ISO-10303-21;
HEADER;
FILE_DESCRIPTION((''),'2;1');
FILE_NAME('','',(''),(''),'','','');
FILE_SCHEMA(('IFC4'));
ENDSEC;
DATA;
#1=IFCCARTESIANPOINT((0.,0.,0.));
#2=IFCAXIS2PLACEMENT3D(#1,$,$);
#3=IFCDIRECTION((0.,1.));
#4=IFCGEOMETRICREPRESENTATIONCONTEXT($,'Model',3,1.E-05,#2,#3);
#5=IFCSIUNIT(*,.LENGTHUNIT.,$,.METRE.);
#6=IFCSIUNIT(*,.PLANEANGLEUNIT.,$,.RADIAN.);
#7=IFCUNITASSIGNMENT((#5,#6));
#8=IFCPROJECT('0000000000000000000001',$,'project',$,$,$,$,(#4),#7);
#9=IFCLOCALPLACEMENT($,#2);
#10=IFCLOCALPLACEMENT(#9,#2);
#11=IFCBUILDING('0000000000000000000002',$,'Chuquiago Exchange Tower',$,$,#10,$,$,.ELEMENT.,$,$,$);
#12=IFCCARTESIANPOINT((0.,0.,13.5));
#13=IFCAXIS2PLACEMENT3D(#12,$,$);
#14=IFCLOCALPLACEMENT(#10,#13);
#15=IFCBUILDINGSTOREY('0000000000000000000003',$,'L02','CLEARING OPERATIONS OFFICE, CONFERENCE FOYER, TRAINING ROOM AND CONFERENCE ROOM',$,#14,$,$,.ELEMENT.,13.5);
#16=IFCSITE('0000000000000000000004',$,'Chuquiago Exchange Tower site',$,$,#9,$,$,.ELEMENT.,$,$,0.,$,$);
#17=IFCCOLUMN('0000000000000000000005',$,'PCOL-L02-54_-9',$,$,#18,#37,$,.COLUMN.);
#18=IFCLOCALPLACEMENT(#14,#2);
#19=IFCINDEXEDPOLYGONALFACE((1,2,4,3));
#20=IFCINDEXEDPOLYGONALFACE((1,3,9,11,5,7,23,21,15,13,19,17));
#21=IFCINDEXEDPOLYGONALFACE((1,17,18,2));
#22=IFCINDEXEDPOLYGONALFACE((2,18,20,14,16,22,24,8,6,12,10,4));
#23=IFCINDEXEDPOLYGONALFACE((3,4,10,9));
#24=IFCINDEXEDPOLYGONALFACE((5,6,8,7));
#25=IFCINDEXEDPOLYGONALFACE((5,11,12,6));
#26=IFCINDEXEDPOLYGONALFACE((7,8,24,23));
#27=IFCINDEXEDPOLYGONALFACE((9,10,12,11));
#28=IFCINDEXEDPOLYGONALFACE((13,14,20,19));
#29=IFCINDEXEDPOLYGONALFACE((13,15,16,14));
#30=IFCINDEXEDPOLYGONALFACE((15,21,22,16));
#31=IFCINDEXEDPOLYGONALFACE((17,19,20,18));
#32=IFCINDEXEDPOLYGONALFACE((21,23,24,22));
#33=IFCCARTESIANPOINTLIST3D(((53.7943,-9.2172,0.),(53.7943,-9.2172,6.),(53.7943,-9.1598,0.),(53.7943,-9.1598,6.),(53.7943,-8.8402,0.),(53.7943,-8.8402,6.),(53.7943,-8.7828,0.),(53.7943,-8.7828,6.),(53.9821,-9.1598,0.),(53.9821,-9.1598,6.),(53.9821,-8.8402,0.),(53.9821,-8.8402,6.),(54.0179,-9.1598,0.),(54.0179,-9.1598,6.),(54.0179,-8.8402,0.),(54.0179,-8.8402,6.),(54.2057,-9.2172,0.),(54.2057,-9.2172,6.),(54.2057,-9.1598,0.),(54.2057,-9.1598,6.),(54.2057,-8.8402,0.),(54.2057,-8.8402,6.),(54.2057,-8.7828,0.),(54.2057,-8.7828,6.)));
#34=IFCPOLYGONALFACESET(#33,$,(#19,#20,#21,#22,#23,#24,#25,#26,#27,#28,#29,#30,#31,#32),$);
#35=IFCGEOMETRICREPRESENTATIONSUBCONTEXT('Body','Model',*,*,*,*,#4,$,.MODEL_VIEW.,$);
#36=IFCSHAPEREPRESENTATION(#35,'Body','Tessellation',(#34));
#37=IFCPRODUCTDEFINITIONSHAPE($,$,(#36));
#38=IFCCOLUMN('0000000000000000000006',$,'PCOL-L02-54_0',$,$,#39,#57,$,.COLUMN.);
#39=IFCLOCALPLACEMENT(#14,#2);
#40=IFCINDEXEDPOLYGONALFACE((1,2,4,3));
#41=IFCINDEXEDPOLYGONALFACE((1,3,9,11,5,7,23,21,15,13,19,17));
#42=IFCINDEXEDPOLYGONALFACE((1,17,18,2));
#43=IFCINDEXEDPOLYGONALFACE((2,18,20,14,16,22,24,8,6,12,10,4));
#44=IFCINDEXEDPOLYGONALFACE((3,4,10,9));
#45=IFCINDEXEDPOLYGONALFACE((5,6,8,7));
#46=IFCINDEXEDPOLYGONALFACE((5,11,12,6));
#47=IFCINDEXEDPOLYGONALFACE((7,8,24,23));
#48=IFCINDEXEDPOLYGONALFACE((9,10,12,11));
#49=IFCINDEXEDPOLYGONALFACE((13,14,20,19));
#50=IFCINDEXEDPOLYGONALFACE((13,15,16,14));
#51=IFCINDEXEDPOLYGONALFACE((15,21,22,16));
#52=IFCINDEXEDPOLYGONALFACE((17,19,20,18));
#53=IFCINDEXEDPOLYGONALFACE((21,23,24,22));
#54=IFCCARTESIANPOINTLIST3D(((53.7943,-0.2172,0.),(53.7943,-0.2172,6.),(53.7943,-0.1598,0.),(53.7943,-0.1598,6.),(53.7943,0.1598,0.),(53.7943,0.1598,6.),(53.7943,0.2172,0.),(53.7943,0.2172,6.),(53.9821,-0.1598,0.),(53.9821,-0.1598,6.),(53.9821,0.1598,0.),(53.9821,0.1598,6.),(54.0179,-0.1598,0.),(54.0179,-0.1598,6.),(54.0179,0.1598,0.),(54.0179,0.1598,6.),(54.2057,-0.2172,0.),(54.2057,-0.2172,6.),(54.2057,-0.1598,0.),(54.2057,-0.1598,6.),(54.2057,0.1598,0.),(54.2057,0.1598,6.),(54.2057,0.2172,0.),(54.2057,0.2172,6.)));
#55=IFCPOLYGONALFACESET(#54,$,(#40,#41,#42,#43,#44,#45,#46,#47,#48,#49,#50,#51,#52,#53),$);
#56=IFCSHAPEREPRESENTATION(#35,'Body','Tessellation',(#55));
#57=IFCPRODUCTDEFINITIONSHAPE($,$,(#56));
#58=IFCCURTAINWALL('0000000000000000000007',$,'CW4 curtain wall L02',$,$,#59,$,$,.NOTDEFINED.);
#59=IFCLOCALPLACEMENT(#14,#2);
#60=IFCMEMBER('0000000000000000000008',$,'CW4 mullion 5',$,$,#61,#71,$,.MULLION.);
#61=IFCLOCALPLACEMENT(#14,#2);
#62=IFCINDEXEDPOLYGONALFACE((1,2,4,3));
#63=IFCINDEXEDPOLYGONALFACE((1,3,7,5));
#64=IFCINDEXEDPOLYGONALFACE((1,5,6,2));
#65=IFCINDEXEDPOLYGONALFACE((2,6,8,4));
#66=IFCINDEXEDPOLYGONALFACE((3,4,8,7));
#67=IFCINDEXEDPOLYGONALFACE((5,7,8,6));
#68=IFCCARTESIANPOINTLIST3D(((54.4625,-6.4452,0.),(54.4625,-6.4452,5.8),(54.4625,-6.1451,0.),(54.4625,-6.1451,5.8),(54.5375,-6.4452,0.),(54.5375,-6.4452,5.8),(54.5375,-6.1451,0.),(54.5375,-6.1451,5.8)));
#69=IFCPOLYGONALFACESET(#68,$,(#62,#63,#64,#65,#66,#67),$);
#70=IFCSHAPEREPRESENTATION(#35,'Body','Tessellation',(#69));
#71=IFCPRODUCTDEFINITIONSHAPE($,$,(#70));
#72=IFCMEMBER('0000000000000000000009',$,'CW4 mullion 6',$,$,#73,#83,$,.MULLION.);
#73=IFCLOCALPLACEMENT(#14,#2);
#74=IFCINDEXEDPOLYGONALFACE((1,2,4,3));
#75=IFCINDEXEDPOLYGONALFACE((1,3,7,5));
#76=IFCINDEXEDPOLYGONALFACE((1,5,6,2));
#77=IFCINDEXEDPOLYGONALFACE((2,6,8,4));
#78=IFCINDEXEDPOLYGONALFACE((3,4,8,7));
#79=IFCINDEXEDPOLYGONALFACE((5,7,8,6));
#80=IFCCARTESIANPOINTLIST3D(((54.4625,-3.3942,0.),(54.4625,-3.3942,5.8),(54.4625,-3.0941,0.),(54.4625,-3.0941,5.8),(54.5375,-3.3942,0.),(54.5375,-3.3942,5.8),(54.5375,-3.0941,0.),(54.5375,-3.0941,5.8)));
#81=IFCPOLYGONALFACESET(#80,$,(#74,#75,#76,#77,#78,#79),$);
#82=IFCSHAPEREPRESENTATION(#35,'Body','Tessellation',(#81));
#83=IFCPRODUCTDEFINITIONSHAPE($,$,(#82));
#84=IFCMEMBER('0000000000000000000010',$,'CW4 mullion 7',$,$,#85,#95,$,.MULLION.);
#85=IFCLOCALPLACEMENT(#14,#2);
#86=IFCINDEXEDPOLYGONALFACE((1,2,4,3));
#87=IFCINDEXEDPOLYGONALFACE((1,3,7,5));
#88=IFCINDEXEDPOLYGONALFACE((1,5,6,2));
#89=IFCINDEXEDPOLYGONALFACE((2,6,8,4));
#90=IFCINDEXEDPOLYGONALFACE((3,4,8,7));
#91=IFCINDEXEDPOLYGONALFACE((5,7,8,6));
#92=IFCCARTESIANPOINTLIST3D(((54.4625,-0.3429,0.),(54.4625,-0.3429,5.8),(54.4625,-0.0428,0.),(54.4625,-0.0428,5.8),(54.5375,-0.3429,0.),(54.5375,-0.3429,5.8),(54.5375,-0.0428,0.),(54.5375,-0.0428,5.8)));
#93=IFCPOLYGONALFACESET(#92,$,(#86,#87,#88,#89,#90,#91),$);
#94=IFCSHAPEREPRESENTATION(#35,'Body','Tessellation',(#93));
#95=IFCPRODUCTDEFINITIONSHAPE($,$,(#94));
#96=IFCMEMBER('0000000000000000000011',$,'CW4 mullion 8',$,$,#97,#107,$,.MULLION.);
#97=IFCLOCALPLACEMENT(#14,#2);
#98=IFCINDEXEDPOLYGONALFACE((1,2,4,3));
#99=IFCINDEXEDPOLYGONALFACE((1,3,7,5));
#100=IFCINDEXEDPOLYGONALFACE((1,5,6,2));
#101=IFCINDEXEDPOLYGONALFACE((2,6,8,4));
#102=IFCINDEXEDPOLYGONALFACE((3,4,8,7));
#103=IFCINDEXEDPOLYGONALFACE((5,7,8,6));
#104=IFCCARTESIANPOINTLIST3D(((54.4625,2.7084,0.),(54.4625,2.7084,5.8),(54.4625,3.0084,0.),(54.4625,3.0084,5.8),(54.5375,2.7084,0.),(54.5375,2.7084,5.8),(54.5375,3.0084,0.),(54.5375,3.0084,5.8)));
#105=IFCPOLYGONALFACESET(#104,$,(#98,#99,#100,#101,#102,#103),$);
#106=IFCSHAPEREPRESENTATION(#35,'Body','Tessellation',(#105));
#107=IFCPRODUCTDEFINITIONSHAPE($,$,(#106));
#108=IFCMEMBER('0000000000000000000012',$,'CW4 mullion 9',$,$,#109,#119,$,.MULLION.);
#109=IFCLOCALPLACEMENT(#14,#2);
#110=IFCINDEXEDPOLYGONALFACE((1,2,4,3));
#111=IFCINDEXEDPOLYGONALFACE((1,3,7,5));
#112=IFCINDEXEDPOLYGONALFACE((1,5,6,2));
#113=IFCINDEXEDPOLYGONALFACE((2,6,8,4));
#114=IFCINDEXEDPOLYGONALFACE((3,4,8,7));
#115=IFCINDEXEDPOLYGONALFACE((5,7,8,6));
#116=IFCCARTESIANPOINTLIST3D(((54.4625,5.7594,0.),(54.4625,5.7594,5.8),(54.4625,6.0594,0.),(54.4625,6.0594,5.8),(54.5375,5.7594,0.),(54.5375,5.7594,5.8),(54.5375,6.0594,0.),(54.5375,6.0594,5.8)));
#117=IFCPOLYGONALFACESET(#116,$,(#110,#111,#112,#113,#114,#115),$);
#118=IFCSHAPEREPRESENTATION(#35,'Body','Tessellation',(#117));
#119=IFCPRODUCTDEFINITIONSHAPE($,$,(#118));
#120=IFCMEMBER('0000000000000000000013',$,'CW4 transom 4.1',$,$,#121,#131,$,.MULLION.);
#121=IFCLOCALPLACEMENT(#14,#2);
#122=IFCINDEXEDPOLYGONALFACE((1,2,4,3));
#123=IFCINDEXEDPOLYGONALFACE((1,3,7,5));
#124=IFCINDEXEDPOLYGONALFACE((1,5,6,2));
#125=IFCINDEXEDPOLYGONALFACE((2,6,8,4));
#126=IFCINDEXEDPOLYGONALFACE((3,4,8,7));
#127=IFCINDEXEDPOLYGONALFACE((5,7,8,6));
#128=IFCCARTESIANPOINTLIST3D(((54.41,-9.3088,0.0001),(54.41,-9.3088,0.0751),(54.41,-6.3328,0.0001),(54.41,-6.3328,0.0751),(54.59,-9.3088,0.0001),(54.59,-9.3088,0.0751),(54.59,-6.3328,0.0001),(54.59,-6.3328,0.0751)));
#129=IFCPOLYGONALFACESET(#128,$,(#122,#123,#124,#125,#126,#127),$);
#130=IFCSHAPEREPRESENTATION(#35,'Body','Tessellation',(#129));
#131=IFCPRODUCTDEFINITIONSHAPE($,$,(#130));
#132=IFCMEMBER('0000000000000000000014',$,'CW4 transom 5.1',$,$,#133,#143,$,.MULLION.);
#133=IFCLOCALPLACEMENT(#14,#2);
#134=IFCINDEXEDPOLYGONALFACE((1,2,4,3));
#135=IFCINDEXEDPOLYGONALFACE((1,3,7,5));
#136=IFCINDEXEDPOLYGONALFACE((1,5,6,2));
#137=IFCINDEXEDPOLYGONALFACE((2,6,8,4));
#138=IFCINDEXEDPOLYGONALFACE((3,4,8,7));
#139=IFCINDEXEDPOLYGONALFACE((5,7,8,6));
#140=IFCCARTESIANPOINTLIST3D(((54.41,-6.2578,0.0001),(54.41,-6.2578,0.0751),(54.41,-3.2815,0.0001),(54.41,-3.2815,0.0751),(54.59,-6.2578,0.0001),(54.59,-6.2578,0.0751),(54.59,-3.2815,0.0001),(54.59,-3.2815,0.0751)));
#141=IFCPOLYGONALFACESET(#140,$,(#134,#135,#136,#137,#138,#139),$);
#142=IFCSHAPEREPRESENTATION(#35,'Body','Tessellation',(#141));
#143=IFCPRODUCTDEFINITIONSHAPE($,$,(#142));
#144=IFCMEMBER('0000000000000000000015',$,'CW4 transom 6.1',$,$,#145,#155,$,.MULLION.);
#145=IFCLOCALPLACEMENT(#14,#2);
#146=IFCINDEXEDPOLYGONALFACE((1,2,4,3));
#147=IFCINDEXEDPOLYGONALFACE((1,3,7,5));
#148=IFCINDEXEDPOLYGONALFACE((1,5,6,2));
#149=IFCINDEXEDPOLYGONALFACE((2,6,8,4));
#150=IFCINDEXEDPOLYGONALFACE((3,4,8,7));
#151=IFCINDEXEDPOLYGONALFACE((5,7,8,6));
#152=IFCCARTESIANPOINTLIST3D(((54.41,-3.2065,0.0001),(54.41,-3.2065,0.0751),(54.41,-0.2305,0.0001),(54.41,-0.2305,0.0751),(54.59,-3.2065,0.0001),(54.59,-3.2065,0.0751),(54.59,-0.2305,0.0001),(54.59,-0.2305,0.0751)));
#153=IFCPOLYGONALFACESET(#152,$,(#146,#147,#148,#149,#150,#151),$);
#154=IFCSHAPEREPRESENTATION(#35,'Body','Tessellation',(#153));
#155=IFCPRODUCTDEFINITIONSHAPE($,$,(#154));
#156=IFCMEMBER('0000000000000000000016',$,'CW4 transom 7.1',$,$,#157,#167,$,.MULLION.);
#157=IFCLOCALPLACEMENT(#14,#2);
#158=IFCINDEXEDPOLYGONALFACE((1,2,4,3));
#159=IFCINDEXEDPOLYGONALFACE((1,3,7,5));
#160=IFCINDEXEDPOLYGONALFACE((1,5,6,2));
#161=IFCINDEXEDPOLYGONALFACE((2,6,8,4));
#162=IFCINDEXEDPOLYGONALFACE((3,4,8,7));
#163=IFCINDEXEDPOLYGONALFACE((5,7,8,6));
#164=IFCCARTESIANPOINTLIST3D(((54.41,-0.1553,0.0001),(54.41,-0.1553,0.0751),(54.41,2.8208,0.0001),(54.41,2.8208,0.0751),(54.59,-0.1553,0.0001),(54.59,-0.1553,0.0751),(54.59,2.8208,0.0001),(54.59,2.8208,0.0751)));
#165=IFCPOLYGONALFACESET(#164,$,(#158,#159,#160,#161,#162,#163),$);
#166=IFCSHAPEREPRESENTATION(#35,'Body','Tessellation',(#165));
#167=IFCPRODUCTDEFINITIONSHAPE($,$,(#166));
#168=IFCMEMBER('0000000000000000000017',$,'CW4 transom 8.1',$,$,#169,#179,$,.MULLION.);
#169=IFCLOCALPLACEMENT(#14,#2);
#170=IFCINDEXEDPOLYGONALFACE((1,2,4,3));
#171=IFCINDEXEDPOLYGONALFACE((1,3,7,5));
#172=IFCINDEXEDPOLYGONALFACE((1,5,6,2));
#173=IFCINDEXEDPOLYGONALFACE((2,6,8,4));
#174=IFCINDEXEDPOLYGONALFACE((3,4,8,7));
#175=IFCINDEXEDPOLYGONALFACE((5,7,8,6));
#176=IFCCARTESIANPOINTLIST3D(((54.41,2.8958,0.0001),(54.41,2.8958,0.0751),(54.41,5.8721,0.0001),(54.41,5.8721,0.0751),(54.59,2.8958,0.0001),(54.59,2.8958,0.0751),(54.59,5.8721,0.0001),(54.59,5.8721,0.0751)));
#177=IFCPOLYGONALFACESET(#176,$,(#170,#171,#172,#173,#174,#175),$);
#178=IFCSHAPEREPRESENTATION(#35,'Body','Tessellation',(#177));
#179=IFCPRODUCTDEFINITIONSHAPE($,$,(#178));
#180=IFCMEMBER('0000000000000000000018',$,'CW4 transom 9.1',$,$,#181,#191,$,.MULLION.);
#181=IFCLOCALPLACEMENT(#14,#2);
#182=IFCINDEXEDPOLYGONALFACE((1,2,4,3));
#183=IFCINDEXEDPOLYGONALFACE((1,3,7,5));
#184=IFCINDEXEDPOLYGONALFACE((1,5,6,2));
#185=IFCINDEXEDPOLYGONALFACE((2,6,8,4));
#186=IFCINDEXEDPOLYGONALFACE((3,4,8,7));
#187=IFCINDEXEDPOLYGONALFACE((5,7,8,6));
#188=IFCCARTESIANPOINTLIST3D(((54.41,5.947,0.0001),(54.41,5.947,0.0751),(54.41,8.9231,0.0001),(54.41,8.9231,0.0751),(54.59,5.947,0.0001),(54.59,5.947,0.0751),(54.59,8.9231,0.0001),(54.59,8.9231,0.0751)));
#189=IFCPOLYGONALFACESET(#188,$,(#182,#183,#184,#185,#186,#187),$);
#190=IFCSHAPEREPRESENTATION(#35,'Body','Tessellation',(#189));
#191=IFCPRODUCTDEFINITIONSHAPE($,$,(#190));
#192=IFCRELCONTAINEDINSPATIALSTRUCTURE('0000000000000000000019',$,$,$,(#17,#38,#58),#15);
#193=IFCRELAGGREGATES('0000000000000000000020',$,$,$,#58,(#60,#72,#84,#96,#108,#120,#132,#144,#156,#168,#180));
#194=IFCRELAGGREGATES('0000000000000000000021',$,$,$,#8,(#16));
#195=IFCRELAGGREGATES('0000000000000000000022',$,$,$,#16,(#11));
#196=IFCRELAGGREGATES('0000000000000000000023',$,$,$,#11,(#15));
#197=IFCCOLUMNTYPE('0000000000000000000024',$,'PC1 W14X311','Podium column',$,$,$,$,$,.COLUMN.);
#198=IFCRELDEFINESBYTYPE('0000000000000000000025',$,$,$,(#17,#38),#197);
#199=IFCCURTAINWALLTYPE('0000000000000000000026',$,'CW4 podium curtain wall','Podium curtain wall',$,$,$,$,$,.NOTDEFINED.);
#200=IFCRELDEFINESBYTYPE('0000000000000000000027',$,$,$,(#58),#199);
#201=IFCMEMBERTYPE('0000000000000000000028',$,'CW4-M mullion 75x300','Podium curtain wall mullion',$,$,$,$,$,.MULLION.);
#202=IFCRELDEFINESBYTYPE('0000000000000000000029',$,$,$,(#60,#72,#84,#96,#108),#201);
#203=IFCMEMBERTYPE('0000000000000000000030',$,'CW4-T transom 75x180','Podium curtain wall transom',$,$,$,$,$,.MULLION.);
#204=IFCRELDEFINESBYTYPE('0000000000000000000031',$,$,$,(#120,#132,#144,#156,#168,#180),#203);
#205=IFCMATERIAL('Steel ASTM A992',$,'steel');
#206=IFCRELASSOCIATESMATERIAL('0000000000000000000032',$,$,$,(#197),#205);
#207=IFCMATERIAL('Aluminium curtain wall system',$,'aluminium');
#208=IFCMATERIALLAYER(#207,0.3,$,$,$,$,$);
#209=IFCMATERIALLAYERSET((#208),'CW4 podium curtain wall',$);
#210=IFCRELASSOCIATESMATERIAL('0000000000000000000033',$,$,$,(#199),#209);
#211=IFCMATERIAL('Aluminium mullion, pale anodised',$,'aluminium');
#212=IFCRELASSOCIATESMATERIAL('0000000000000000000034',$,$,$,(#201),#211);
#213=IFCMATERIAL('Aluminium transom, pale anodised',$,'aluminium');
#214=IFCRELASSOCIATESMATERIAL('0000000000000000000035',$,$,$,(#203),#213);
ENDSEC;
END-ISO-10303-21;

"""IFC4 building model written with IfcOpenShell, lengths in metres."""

from ifc_helpers import new_model, si_unit, direction, frame, origin, origin_2d, place, context, subcontext, project, spatial, rectangle, i_section, extrude, material, layer, layer_set, material_profile, profile_set, type_object, element, aggregate, save


model = new_model("IFC4")

# Units and contexts
model_context = context("Model", 3, precision=1e-05, world=origin(), true_north=direction((0.0, 1.0)))
body_context = subcontext(model_context, "Body", "Model", "MODEL_VIEW")
ifc_project = project(units=[si_unit("LENGTHUNIT", "METRE"), si_unit("PLANEANGLEUNIT", "RADIAN")], contexts=[model_context])

# Site, building, storey
site_placement = place(None, origin())
site = spatial("IfcSite", under=ifc_project, at=site_placement, Name="Chuquiago Exchange Tower site", CompositionType="ELEMENT", RefElevation=0.0)
building_placement = place(site_placement, origin())
building = spatial("IfcBuilding", under=site, at=building_placement, Name="Chuquiago Exchange Tower", CompositionType="ELEMENT")
storey_placement = place(building_placement, frame((0.0, 0.0, 13.5)))
storey = spatial("IfcBuildingStorey", under=building, at=storey_placement, Name="L02", Description="CLEARING OPERATIONS OFFICE, CONFERENCE FOYER, TRAINING ROOM AND CONFERENCE ROOM", CompositionType="ELEMENT", Elevation=13.5)

# Columns
ifc_material_1 = material(Name="Steel ASTM A992", Category="steel")
ifc_material_profile_1 = material_profile(ifc_material_1, i_section(OverallWidth=0.4114, OverallDepth=0.4343, WebThickness=0.0359, FlangeThickness=0.0574, at=origin_2d()), Name="W14X311")
ifc_profile_set_1 = profile_set([ifc_material_profile_1], Name="Steel ASTM A992")
column_type = type_object("IfcColumnType", Name="PC1 W14X311", Description="Podium column", PredefinedType="COLUMN", material=ifc_profile_set_1)
for number, where, z_axis, x_axis, name in (
    (1, (54.0, -9.0, 0.0), (0.0, 0.0, 1.0), (1.0, 0.0, 0.0), "PCOL-L02-54_-9"),
    (2, (54.0, 0.0, 0.0), (0.0, 0.0, 1.0), (1.0, 0.0, 0.0), "PCOL-L02-54_0"),
):
    element("IfcColumn", number, at=place(storey_placement, frame(where, z_axis=z_axis, x_axis=x_axis)), inside=storey, type_object=column_type, Name=name, PredefinedType="COLUMN", context=body_context, shape_type="SweptSolid", body=[
        extrude(i_section(OverallWidth=0.4114, OverallDepth=0.4343, WebThickness=0.0359, FlangeThickness=0.0574, at=origin_2d()), origin(), (0.0, 0.0, 1.0), 6.0),
    ])

# Curtain wall, members
ifc_material_2 = material(Name="Aluminium curtain wall system", Category="aluminium")
ifc_layer_1 = layer(ifc_material_2, 0.3)
ifc_layer_set_1 = layer_set([ifc_layer_1], Name="CW4 podium curtain wall")
curtain_wall_type = type_object("IfcCurtainWallType", Name="CW4 podium curtain wall", Description="Podium curtain wall", PredefinedType="NOTDEFINED", material=ifc_layer_set_1)
curtain_wall_placement = place(storey_placement, origin())
curtain_wall = element("IfcCurtainWall", 3, at=curtain_wall_placement, inside=storey, type_object=curtain_wall_type, Name="CW4 curtain wall L02", PredefinedType="NOTDEFINED")
ifc_material_3 = material(Name="Aluminium mullion, pale anodised", Category="aluminium")
ifc_material_profile_2 = material_profile(ifc_material_3, rectangle(XDim=0.075, YDim=0.3, at=origin_2d()), Name="AL 75x300")
ifc_profile_set_2 = profile_set([ifc_material_profile_2], Name="Aluminium mullion, pale anodised")
member_type_1 = type_object("IfcMemberType", Name="CW4-M mullion 75x300", Description="Podium curtain wall mullion", PredefinedType="MULLION", material=ifc_profile_set_2)
member_1_placement = place(storey_placement, frame((54.5, -6.2952, 0.0), z_axis=(0.0, 0.0, 1.0), x_axis=(-1.0, 0.0, 0.0)))
member_1 = element("IfcMember", 4, at=member_1_placement, type_object=member_type_1, Name="CW4 mullion 5", PredefinedType="MULLION", context=body_context, shape_type="SweptSolid", body=[
    extrude(rectangle(XDim=0.075, YDim=0.3, at=origin_2d()), origin(), (0.0, 0.0, 1.0), 5.8),
])
member_2_placement = place(storey_placement, frame((54.5, -3.2441, 0.0), z_axis=(0.0, 0.0, 1.0), x_axis=(-1.0, 0.0, 0.0)))
member_2 = element("IfcMember", 5, at=member_2_placement, type_object=member_type_1, Name="CW4 mullion 6", PredefinedType="MULLION", context=body_context, shape_type="SweptSolid", body=[
    extrude(rectangle(XDim=0.075, YDim=0.3, at=origin_2d()), origin(), (0.0, 0.0, 1.0), 5.8),
])
member_3_placement = place(storey_placement, frame((54.5, -0.1929, 0.0), z_axis=(0.0, 0.0, 1.0), x_axis=(-1.0, 0.0, 0.0)))
member_3 = element("IfcMember", 6, at=member_3_placement, type_object=member_type_1, Name="CW4 mullion 7", PredefinedType="MULLION", context=body_context, shape_type="SweptSolid", body=[
    extrude(rectangle(XDim=0.075, YDim=0.3, at=origin_2d()), origin(), (0.0, 0.0, 1.0), 5.8),
])
member_4_placement = place(storey_placement, frame((54.5, 2.8584, 0.0), z_axis=(0.0, 0.0, 1.0), x_axis=(-1.0, 0.0, 0.0)))
member_4 = element("IfcMember", 7, at=member_4_placement, type_object=member_type_1, Name="CW4 mullion 8", PredefinedType="MULLION", context=body_context, shape_type="SweptSolid", body=[
    extrude(rectangle(XDim=0.075, YDim=0.3, at=origin_2d()), origin(), (0.0, 0.0, 1.0), 5.8),
])
member_5_placement = place(storey_placement, frame((54.5, 5.9094, 0.0), z_axis=(0.0, 0.0, 1.0), x_axis=(-1.0, 0.0, 0.0)))
member_5 = element("IfcMember", 8, at=member_5_placement, type_object=member_type_1, Name="CW4 mullion 9", PredefinedType="MULLION", context=body_context, shape_type="SweptSolid", body=[
    extrude(rectangle(XDim=0.075, YDim=0.3, at=origin_2d()), origin(), (0.0, 0.0, 1.0), 5.8),
])
ifc_material_4 = material(Name="Aluminium transom, pale anodised", Category="aluminium")
ifc_material_profile_3 = material_profile(ifc_material_4, rectangle(XDim=0.1799, YDim=0.075, at=origin_2d()), Name="AL 180x75")
ifc_profile_set_3 = profile_set([ifc_material_profile_3], Name="Aluminium transom, pale anodised")
member_type_2 = type_object("IfcMemberType", Name="CW4-T transom 75x180", Description="Podium curtain wall transom", PredefinedType="MULLION", material=ifc_profile_set_3)
member_6_placement = place(storey_placement, frame((54.5, -9.3088, 0.0376), z_axis=(0.0, 1.0, 0.0), x_axis=(-1.0, 0.0, 0.0)))
member_6 = element("IfcMember", 9, at=member_6_placement, type_object=member_type_2, Name="CW4 transom 4.1", PredefinedType="MULLION", context=body_context, shape_type="SweptSolid", body=[
    extrude(rectangle(XDim=0.1799, YDim=0.075, at=origin_2d()), origin(), (0.0, 0.0, 1.0), 2.9761),
])
member_7_placement = place(storey_placement, frame((54.5, -6.2578, 0.0376), z_axis=(0.0, 1.0, 0.0), x_axis=(-1.0, 0.0, 0.0)))
member_7 = element("IfcMember", 10, at=member_7_placement, type_object=member_type_2, Name="CW4 transom 5.1", PredefinedType="MULLION", context=body_context, shape_type="SweptSolid", body=[
    extrude(rectangle(XDim=0.1799, YDim=0.075, at=origin_2d()), origin(), (0.0, 0.0, 1.0), 2.9763),
])
member_8_placement = place(storey_placement, frame((54.5, -3.2065, 0.0376), z_axis=(0.0, 1.0, 0.0), x_axis=(-1.0, 0.0, 0.0)))
member_8 = element("IfcMember", 11, at=member_8_placement, type_object=member_type_2, Name="CW4 transom 6.1", PredefinedType="MULLION", context=body_context, shape_type="SweptSolid", body=[
    extrude(rectangle(XDim=0.1799, YDim=0.075, at=origin_2d()), origin(), (0.0, 0.0, 1.0), 2.9761),
])
member_9_placement = place(storey_placement, frame((54.5, -0.1553, 0.0376), z_axis=(0.0, 1.0, 0.0), x_axis=(-1.0, 0.0, 0.0)))
member_9 = element("IfcMember", 12, at=member_9_placement, type_object=member_type_2, Name="CW4 transom 7.1", PredefinedType="MULLION", context=body_context, shape_type="SweptSolid", body=[
    extrude(rectangle(XDim=0.1799, YDim=0.075, at=origin_2d()), origin(), (0.0, 0.0, 1.0), 2.9761),
])
member_10_placement = place(storey_placement, frame((54.5, 2.8958, 0.0376), z_axis=(0.0, 1.0, 0.0), x_axis=(-1.0, 0.0, 0.0)))
member_10 = element("IfcMember", 13, at=member_10_placement, type_object=member_type_2, Name="CW4 transom 8.1", PredefinedType="MULLION", context=body_context, shape_type="SweptSolid", body=[
    extrude(rectangle(XDim=0.1799, YDim=0.075, at=origin_2d()), origin(), (0.0, 0.0, 1.0), 2.9763),
])
member_11_placement = place(storey_placement, frame((54.5, 5.947, 0.0376), z_axis=(0.0, 1.0, 0.0), x_axis=(-1.0, 0.0, 0.0)))
member_11 = element("IfcMember", 14, at=member_11_placement, type_object=member_type_2, Name="CW4 transom 9.1", PredefinedType="MULLION", context=body_context, shape_type="SweptSolid", body=[
    extrude(rectangle(XDim=0.1799, YDim=0.075, at=origin_2d()), origin(), (0.0, 0.0, 1.0), 2.9761),
])

aggregate(curtain_wall, [member_1, member_2, member_3, member_4, member_5, member_6, member_7, member_8, member_9, member_10, member_11])

save(model, "model.ifc")
